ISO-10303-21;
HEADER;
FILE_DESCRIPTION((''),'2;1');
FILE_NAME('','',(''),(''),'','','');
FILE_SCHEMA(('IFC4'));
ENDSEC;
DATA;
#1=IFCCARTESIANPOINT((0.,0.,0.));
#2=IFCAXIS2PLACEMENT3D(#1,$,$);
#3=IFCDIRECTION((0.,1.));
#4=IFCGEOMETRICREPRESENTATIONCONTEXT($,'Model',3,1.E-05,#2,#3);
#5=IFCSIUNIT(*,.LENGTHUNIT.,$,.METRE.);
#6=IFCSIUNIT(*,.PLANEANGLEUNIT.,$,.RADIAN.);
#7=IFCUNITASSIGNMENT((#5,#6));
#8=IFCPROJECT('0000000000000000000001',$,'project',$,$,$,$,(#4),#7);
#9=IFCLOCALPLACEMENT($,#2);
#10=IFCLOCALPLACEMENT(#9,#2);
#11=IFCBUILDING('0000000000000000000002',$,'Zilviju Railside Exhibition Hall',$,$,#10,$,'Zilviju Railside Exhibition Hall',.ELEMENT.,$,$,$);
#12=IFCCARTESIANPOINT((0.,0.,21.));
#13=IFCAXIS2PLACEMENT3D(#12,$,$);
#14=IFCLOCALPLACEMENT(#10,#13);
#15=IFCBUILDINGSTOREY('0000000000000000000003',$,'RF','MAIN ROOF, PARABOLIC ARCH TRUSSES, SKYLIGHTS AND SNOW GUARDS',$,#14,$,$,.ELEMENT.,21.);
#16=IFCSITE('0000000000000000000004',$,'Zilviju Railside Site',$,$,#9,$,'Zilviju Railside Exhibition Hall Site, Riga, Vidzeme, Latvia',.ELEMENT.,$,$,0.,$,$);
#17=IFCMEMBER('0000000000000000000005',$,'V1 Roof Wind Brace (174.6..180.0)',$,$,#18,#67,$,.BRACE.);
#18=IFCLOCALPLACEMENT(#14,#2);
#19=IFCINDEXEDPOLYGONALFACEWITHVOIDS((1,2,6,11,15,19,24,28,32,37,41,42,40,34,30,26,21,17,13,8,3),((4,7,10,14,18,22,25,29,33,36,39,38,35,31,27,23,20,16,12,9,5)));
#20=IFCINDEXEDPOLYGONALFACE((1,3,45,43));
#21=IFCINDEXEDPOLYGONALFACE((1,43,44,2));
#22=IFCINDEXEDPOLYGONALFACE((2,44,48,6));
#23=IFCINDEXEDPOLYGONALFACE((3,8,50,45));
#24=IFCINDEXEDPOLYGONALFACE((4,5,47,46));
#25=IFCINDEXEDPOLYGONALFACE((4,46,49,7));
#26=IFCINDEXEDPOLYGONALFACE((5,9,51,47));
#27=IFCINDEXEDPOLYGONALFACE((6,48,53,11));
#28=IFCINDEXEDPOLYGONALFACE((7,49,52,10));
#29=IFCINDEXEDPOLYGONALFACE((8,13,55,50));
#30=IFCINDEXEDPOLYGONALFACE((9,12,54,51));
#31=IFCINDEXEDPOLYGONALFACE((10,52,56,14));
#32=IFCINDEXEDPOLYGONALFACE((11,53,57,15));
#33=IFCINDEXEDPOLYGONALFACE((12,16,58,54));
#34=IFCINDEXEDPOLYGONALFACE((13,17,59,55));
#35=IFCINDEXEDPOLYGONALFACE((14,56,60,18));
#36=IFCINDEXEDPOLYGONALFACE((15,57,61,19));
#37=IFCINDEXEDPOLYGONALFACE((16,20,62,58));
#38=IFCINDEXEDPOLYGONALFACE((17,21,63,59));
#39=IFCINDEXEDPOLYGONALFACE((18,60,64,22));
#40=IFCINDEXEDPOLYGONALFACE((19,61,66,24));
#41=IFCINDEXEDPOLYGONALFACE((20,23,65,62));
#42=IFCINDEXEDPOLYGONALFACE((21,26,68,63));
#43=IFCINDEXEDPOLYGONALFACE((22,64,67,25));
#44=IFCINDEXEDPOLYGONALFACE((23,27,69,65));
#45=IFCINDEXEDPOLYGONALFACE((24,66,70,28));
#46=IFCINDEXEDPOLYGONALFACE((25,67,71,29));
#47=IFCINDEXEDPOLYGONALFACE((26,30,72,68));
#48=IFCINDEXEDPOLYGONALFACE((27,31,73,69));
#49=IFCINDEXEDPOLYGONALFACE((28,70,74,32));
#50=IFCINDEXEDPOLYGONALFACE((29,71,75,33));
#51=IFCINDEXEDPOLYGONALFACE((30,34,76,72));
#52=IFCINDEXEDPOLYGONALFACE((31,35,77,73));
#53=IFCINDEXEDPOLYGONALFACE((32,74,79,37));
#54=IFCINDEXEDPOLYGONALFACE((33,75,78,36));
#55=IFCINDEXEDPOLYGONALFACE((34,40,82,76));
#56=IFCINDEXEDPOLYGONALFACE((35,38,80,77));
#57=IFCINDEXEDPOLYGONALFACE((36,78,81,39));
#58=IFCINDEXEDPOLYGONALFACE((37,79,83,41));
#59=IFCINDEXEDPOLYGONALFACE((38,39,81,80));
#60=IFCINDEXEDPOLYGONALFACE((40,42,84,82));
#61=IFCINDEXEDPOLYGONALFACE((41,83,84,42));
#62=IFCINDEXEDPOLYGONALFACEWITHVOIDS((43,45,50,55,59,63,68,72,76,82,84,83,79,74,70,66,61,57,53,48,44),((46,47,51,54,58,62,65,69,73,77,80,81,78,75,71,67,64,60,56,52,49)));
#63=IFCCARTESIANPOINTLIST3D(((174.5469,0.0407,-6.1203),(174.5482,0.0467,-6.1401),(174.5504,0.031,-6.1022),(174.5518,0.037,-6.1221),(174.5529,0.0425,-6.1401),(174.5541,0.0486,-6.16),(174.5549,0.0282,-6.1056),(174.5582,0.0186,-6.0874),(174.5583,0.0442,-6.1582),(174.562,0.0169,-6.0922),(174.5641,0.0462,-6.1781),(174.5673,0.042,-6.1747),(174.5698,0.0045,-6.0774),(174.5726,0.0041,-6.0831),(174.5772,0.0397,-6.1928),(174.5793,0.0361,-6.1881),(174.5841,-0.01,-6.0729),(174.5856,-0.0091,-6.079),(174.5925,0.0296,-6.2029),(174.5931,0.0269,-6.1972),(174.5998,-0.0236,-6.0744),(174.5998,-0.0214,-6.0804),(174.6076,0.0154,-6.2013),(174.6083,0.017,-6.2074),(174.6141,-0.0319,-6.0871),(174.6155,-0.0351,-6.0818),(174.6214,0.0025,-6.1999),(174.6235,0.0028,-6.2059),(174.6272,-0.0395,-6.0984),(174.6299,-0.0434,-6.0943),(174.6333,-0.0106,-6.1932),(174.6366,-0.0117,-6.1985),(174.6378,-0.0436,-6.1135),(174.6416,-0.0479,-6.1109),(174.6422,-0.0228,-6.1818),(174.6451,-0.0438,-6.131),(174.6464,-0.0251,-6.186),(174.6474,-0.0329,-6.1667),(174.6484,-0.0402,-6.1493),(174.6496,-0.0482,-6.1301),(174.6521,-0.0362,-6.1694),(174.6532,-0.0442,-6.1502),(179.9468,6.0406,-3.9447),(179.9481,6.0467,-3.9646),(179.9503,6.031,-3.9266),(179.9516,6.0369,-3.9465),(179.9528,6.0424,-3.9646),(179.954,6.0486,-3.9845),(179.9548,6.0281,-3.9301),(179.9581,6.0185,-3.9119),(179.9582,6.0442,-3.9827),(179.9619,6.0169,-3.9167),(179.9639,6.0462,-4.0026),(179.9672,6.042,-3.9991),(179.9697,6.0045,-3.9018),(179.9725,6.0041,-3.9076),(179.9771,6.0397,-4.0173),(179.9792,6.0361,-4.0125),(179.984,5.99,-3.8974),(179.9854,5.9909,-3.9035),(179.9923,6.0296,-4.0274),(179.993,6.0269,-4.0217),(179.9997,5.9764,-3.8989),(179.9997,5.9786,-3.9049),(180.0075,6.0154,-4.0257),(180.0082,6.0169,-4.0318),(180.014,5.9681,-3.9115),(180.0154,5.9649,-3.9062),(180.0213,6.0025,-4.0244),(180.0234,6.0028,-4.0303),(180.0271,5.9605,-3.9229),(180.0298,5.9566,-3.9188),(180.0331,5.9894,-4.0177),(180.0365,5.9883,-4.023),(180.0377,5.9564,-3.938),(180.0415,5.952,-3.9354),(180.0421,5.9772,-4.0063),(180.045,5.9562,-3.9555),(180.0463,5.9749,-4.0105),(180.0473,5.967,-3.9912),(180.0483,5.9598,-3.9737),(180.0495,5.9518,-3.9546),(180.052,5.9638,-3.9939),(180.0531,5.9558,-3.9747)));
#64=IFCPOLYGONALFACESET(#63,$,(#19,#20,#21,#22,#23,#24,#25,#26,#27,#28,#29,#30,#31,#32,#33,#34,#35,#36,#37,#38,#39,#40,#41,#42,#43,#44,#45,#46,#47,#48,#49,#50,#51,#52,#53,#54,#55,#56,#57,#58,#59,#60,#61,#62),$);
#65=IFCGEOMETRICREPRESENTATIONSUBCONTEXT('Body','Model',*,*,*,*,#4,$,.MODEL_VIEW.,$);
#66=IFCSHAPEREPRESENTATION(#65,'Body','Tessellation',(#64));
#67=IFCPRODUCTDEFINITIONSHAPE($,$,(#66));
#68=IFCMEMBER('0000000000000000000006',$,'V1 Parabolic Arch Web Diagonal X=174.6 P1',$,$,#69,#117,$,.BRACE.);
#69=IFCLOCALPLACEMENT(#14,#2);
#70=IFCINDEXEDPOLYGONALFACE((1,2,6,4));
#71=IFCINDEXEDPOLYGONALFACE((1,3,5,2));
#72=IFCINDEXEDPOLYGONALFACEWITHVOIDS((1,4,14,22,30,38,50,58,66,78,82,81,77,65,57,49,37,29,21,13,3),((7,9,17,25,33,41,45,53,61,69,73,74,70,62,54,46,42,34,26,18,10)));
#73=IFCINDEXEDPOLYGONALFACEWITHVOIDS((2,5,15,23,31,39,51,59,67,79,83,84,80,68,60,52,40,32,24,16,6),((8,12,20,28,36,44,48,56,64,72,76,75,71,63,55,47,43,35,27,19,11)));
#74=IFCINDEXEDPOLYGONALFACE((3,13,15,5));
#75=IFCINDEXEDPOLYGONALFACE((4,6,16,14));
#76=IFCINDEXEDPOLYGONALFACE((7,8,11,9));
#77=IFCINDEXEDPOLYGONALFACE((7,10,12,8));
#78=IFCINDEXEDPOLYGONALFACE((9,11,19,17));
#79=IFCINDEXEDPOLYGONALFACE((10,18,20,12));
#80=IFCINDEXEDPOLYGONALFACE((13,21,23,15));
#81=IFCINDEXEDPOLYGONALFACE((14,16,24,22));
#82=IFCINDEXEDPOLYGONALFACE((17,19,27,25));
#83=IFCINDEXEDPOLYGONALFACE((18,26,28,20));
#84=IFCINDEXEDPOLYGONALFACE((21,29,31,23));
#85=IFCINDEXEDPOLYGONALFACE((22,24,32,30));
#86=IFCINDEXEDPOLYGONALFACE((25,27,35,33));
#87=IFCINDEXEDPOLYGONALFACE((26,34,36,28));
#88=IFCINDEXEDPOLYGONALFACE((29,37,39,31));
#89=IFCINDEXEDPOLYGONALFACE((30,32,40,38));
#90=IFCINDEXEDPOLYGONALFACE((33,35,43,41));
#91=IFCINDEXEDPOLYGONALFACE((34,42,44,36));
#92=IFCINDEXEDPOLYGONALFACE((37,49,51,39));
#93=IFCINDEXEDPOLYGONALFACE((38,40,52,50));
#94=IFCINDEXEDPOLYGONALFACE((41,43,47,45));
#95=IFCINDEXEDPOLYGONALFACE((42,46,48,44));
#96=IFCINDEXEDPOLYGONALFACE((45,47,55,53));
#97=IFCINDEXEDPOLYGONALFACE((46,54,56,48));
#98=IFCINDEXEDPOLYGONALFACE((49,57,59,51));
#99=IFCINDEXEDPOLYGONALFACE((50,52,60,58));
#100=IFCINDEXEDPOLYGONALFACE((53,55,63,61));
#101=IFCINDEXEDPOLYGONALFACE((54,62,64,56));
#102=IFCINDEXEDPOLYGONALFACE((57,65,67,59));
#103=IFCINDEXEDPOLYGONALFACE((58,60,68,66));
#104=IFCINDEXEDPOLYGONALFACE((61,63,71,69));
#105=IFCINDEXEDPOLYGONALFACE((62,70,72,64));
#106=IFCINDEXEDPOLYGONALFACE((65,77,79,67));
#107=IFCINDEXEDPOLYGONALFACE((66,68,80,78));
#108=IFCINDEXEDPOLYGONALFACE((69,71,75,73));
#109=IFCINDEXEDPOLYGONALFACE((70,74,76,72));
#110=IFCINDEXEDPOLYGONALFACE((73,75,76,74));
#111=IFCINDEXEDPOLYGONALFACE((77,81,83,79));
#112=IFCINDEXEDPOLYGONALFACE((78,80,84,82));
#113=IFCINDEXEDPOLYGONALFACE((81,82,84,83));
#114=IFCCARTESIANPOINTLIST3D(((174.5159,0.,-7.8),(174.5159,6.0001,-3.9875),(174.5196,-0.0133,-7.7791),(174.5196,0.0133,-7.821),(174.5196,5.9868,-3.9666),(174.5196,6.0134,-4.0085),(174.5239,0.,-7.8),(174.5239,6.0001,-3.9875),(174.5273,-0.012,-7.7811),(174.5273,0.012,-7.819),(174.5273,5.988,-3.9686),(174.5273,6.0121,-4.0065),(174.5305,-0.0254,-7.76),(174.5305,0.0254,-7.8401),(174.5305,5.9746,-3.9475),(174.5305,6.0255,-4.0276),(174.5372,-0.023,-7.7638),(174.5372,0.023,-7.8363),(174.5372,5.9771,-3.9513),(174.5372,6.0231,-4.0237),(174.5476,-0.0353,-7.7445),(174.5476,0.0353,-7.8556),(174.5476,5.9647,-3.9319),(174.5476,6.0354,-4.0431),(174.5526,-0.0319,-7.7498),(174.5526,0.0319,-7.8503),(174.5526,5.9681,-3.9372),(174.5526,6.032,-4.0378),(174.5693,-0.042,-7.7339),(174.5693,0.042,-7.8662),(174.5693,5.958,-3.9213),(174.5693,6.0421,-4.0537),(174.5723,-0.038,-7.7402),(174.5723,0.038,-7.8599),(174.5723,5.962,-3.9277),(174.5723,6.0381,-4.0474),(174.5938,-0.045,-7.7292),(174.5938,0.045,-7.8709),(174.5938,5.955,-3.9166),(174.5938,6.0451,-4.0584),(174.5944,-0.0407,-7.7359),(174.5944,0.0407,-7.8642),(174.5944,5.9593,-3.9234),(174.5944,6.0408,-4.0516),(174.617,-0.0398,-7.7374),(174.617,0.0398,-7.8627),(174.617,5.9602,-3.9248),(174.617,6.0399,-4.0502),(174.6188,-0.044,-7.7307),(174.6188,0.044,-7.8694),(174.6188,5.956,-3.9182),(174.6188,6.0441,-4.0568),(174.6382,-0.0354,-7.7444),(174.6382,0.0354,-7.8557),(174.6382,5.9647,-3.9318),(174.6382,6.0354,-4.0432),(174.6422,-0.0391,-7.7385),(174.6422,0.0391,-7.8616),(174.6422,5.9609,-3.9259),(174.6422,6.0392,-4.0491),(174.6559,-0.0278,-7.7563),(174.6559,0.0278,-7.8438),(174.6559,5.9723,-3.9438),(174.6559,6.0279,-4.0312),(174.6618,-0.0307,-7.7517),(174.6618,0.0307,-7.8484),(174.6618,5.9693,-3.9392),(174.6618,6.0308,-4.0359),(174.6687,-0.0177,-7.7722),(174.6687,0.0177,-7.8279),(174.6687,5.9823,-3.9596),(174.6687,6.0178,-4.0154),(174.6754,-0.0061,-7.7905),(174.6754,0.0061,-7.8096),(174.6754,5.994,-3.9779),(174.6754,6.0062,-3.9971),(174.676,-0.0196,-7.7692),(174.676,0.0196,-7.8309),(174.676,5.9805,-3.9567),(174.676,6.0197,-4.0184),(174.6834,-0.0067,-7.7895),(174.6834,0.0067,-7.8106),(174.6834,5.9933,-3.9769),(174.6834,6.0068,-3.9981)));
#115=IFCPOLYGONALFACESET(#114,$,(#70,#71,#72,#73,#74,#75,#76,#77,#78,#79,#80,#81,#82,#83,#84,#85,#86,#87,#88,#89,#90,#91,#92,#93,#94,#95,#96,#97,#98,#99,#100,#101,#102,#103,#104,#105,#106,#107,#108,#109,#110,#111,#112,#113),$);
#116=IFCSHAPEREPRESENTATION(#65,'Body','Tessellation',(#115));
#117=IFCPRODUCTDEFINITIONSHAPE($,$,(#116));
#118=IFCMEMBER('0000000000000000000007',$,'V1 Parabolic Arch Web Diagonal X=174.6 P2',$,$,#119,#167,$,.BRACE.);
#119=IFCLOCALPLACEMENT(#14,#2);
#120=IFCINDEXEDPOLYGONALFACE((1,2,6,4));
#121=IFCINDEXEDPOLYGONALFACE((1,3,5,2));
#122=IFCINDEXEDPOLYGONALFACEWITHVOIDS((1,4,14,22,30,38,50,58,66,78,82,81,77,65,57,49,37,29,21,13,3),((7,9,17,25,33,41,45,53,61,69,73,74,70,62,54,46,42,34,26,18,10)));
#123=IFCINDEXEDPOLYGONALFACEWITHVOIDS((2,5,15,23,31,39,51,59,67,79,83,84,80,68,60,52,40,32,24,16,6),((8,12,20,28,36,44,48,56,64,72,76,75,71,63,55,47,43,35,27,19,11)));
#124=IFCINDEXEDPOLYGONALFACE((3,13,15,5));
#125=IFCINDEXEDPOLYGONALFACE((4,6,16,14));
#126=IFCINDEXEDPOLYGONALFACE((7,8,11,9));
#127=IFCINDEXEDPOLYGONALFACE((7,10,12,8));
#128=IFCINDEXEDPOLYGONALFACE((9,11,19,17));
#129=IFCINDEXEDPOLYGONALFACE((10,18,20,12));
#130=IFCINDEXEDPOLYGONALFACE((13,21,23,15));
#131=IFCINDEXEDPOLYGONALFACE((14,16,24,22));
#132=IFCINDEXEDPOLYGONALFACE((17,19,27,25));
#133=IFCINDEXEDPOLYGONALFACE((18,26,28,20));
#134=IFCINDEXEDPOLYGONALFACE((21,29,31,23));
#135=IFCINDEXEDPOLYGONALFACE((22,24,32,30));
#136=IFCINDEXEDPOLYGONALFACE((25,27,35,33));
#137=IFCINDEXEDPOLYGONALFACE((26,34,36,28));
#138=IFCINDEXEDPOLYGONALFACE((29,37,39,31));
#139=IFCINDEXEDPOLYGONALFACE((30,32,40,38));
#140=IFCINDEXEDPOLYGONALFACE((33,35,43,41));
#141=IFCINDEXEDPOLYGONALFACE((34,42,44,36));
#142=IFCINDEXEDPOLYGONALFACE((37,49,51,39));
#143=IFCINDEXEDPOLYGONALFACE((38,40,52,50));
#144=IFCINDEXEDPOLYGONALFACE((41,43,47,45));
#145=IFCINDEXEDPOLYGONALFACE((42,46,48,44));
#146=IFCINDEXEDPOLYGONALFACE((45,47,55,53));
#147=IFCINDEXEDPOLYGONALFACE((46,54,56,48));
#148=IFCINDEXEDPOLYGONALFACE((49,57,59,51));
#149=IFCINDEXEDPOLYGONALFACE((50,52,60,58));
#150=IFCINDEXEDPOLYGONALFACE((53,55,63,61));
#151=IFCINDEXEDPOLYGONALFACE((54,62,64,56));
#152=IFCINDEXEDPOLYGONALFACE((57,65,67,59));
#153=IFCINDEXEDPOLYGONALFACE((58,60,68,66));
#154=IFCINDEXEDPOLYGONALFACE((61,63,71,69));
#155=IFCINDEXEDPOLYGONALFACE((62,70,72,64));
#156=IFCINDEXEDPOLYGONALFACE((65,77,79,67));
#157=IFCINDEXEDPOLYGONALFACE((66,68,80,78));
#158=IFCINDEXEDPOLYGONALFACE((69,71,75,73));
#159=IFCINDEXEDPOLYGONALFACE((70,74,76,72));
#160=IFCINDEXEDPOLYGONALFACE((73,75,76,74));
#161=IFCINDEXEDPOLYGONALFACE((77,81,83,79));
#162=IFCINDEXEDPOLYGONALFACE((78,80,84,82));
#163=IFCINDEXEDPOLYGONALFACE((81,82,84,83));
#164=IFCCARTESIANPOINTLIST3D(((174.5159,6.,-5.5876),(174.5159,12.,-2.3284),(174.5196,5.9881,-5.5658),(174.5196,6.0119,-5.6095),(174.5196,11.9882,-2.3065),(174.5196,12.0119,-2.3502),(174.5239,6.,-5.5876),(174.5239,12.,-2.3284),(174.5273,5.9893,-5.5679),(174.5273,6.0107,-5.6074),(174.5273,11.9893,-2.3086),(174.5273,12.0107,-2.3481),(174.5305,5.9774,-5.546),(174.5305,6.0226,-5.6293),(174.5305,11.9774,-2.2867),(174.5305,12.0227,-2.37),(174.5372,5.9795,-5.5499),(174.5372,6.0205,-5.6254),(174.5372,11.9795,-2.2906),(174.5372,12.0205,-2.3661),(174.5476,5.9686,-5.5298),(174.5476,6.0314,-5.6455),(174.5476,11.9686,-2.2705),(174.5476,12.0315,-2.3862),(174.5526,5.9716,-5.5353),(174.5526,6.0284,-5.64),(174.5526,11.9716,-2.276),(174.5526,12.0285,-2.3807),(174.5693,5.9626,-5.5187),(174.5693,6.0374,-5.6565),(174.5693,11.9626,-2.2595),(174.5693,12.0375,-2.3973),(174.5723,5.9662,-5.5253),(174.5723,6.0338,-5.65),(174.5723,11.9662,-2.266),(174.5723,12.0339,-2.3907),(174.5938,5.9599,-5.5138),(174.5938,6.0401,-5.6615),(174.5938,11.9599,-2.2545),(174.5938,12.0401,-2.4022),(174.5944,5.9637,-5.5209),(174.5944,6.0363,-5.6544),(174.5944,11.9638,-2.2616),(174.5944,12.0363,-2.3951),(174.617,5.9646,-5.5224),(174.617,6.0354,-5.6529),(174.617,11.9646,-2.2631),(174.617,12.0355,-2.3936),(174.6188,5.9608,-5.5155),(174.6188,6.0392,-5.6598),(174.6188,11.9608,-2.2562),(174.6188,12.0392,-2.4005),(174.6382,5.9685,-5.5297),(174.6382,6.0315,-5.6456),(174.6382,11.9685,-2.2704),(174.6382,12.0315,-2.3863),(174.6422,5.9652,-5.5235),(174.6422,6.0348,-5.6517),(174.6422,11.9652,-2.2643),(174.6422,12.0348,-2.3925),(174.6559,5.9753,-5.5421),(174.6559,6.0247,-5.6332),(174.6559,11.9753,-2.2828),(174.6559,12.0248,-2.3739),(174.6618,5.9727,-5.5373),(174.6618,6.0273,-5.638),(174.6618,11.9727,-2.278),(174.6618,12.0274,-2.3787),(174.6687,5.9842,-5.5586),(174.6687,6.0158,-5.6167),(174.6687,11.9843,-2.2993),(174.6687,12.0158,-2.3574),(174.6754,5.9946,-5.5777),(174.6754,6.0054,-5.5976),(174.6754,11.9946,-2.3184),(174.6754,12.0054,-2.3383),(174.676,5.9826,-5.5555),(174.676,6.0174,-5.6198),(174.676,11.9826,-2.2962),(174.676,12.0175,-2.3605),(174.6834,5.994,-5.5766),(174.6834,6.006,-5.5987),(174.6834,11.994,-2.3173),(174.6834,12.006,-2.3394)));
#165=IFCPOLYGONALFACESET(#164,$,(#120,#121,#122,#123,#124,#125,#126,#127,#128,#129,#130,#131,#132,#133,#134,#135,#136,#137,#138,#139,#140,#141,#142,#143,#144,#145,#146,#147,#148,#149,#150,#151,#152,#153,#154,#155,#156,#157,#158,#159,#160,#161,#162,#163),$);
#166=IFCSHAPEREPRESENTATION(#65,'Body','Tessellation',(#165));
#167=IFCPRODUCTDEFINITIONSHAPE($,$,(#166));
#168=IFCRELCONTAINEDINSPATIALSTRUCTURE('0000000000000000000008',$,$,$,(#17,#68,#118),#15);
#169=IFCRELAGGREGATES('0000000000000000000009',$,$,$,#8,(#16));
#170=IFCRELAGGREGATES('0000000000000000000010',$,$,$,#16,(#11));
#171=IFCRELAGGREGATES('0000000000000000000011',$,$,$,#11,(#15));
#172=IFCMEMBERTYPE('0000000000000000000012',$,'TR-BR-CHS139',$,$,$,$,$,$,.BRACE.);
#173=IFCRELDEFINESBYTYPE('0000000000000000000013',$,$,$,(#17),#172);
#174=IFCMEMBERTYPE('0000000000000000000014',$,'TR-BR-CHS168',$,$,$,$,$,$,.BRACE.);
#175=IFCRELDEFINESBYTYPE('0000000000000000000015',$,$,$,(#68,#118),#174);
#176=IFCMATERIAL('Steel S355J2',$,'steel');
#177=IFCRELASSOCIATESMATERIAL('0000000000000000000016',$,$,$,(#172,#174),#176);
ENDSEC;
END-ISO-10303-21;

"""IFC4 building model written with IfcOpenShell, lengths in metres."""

from ifc_helpers import new_model, si_unit, direction, frame, origin, origin_2d, place, context, subcontext, project, spatial, hollow_circle, extrude, material, material_profile, profile_set, type_object, element, save


model = new_model("IFC4")

# Units and contexts
model_context = context("Model", 3, precision=1e-05, world=origin(), true_north=direction((0.0, 1.0)))
body_context = subcontext(model_context, "Body", "Model", "MODEL_VIEW")
ifc_project = project(units=[si_unit("LENGTHUNIT", "METRE"), si_unit("PLANEANGLEUNIT", "RADIAN")], contexts=[model_context])

# Site, building, storey
site_placement = place(None, origin())
site = spatial("IfcSite", under=ifc_project, at=site_placement, Name="Zilviju Railside Site", LongName="Zilviju Railside Exhibition Hall Site, Riga, Vidzeme, Latvia", CompositionType="ELEMENT", RefElevation=0.0)
building_placement = place(site_placement, origin())
building = spatial("IfcBuilding", under=site, at=building_placement, Name="Zilviju Railside Exhibition Hall", LongName="Zilviju Railside Exhibition Hall", CompositionType="ELEMENT")
storey_placement = place(building_placement, frame((0.0, 0.0, 21.0)))
storey = spatial("IfcBuildingStorey", under=building, at=storey_placement, Name="RF", Description="MAIN ROOF, PARABOLIC ARCH TRUSSES, SKYLIGHTS AND SNOW GUARDS", CompositionType="ELEMENT", Elevation=21.0)

# Members
ifc_material_1 = material(Name="Steel S355J2", Category="steel")
ifc_material_profile_1 = material_profile(ifc_material_1, hollow_circle(Radius=0.0698, WallThickness=0.0063, at=origin_2d()), Name="CHS 139.7x6.3")
ifc_profile_set_1 = profile_set([ifc_material_profile_1], Name="Steel S355J2")
member_type_1 = type_object("IfcMemberType", Name="TR-BR-CHS139", PredefinedType="BRACE", material=ifc_profile_set_1)
member_1_placement = place(storey_placement, frame((174.6001, 0.0, -6.1401), z_axis=(0.645911, 0.717692, 0.260227), x_axis=(-0.7433, 0.668958, 0.0)))
element("IfcMember", 1, at=member_1_placement, inside=storey, type_object=member_type_1, Name="V1 Roof Wind Brace (174.6..180.0)", PredefinedType="BRACE", context=body_context, shape_type="SweptSolid", body=[
    extrude(hollow_circle(Radius=0.0698, WallThickness=0.0063, at=origin_2d()), origin(), (0.0, 0.0, 1.0), 8.3601),
])
ifc_material_profile_2 = material_profile(ifc_material_1, hollow_circle(Radius=0.0842, WallThickness=0.0081, at=origin_2d()), Name="CHS 168.3x8.0")
ifc_profile_set_2 = profile_set([ifc_material_profile_2], Name="Steel S355J2")
member_type_2 = type_object("IfcMemberType", Name="TR-BR-CHS168", PredefinedType="BRACE", material=ifc_profile_set_2)
member_2_placement = place(storey_placement, frame((174.6001, 0.0, -7.8), z_axis=(0.0, 0.844023, 0.536306), x_axis=(-1.0, 0.0, 0.0)))
element("IfcMember", 2, at=member_2_placement, inside=storey, type_object=member_type_2, Name="V1 Parabolic Arch Web Diagonal X=174.6 P1", PredefinedType="BRACE", context=body_context, shape_type="SweptSolid", body=[
    extrude(hollow_circle(Radius=0.0842, WallThickness=0.0081, at=origin_2d()), origin(), (0.0, 0.0, 1.0), 7.1089),
])
member_3_placement = place(storey_placement, frame((174.6001, 6.0, -5.5876), z_axis=(0.0, 0.878722, 0.477333), x_axis=(-1.0, 0.0, 0.0)))
element("IfcMember", 3, at=member_3_placement, inside=storey, type_object=member_type_2, Name="V1 Parabolic Arch Web Diagonal X=174.6 P2", PredefinedType="BRACE", context=body_context, shape_type="SweptSolid", body=[
    extrude(hollow_circle(Radius=0.0842, WallThickness=0.0081, at=origin_2d()), origin(), (0.0, 0.0, 1.0), 6.8281),
])

save(model, "model.ifc")
